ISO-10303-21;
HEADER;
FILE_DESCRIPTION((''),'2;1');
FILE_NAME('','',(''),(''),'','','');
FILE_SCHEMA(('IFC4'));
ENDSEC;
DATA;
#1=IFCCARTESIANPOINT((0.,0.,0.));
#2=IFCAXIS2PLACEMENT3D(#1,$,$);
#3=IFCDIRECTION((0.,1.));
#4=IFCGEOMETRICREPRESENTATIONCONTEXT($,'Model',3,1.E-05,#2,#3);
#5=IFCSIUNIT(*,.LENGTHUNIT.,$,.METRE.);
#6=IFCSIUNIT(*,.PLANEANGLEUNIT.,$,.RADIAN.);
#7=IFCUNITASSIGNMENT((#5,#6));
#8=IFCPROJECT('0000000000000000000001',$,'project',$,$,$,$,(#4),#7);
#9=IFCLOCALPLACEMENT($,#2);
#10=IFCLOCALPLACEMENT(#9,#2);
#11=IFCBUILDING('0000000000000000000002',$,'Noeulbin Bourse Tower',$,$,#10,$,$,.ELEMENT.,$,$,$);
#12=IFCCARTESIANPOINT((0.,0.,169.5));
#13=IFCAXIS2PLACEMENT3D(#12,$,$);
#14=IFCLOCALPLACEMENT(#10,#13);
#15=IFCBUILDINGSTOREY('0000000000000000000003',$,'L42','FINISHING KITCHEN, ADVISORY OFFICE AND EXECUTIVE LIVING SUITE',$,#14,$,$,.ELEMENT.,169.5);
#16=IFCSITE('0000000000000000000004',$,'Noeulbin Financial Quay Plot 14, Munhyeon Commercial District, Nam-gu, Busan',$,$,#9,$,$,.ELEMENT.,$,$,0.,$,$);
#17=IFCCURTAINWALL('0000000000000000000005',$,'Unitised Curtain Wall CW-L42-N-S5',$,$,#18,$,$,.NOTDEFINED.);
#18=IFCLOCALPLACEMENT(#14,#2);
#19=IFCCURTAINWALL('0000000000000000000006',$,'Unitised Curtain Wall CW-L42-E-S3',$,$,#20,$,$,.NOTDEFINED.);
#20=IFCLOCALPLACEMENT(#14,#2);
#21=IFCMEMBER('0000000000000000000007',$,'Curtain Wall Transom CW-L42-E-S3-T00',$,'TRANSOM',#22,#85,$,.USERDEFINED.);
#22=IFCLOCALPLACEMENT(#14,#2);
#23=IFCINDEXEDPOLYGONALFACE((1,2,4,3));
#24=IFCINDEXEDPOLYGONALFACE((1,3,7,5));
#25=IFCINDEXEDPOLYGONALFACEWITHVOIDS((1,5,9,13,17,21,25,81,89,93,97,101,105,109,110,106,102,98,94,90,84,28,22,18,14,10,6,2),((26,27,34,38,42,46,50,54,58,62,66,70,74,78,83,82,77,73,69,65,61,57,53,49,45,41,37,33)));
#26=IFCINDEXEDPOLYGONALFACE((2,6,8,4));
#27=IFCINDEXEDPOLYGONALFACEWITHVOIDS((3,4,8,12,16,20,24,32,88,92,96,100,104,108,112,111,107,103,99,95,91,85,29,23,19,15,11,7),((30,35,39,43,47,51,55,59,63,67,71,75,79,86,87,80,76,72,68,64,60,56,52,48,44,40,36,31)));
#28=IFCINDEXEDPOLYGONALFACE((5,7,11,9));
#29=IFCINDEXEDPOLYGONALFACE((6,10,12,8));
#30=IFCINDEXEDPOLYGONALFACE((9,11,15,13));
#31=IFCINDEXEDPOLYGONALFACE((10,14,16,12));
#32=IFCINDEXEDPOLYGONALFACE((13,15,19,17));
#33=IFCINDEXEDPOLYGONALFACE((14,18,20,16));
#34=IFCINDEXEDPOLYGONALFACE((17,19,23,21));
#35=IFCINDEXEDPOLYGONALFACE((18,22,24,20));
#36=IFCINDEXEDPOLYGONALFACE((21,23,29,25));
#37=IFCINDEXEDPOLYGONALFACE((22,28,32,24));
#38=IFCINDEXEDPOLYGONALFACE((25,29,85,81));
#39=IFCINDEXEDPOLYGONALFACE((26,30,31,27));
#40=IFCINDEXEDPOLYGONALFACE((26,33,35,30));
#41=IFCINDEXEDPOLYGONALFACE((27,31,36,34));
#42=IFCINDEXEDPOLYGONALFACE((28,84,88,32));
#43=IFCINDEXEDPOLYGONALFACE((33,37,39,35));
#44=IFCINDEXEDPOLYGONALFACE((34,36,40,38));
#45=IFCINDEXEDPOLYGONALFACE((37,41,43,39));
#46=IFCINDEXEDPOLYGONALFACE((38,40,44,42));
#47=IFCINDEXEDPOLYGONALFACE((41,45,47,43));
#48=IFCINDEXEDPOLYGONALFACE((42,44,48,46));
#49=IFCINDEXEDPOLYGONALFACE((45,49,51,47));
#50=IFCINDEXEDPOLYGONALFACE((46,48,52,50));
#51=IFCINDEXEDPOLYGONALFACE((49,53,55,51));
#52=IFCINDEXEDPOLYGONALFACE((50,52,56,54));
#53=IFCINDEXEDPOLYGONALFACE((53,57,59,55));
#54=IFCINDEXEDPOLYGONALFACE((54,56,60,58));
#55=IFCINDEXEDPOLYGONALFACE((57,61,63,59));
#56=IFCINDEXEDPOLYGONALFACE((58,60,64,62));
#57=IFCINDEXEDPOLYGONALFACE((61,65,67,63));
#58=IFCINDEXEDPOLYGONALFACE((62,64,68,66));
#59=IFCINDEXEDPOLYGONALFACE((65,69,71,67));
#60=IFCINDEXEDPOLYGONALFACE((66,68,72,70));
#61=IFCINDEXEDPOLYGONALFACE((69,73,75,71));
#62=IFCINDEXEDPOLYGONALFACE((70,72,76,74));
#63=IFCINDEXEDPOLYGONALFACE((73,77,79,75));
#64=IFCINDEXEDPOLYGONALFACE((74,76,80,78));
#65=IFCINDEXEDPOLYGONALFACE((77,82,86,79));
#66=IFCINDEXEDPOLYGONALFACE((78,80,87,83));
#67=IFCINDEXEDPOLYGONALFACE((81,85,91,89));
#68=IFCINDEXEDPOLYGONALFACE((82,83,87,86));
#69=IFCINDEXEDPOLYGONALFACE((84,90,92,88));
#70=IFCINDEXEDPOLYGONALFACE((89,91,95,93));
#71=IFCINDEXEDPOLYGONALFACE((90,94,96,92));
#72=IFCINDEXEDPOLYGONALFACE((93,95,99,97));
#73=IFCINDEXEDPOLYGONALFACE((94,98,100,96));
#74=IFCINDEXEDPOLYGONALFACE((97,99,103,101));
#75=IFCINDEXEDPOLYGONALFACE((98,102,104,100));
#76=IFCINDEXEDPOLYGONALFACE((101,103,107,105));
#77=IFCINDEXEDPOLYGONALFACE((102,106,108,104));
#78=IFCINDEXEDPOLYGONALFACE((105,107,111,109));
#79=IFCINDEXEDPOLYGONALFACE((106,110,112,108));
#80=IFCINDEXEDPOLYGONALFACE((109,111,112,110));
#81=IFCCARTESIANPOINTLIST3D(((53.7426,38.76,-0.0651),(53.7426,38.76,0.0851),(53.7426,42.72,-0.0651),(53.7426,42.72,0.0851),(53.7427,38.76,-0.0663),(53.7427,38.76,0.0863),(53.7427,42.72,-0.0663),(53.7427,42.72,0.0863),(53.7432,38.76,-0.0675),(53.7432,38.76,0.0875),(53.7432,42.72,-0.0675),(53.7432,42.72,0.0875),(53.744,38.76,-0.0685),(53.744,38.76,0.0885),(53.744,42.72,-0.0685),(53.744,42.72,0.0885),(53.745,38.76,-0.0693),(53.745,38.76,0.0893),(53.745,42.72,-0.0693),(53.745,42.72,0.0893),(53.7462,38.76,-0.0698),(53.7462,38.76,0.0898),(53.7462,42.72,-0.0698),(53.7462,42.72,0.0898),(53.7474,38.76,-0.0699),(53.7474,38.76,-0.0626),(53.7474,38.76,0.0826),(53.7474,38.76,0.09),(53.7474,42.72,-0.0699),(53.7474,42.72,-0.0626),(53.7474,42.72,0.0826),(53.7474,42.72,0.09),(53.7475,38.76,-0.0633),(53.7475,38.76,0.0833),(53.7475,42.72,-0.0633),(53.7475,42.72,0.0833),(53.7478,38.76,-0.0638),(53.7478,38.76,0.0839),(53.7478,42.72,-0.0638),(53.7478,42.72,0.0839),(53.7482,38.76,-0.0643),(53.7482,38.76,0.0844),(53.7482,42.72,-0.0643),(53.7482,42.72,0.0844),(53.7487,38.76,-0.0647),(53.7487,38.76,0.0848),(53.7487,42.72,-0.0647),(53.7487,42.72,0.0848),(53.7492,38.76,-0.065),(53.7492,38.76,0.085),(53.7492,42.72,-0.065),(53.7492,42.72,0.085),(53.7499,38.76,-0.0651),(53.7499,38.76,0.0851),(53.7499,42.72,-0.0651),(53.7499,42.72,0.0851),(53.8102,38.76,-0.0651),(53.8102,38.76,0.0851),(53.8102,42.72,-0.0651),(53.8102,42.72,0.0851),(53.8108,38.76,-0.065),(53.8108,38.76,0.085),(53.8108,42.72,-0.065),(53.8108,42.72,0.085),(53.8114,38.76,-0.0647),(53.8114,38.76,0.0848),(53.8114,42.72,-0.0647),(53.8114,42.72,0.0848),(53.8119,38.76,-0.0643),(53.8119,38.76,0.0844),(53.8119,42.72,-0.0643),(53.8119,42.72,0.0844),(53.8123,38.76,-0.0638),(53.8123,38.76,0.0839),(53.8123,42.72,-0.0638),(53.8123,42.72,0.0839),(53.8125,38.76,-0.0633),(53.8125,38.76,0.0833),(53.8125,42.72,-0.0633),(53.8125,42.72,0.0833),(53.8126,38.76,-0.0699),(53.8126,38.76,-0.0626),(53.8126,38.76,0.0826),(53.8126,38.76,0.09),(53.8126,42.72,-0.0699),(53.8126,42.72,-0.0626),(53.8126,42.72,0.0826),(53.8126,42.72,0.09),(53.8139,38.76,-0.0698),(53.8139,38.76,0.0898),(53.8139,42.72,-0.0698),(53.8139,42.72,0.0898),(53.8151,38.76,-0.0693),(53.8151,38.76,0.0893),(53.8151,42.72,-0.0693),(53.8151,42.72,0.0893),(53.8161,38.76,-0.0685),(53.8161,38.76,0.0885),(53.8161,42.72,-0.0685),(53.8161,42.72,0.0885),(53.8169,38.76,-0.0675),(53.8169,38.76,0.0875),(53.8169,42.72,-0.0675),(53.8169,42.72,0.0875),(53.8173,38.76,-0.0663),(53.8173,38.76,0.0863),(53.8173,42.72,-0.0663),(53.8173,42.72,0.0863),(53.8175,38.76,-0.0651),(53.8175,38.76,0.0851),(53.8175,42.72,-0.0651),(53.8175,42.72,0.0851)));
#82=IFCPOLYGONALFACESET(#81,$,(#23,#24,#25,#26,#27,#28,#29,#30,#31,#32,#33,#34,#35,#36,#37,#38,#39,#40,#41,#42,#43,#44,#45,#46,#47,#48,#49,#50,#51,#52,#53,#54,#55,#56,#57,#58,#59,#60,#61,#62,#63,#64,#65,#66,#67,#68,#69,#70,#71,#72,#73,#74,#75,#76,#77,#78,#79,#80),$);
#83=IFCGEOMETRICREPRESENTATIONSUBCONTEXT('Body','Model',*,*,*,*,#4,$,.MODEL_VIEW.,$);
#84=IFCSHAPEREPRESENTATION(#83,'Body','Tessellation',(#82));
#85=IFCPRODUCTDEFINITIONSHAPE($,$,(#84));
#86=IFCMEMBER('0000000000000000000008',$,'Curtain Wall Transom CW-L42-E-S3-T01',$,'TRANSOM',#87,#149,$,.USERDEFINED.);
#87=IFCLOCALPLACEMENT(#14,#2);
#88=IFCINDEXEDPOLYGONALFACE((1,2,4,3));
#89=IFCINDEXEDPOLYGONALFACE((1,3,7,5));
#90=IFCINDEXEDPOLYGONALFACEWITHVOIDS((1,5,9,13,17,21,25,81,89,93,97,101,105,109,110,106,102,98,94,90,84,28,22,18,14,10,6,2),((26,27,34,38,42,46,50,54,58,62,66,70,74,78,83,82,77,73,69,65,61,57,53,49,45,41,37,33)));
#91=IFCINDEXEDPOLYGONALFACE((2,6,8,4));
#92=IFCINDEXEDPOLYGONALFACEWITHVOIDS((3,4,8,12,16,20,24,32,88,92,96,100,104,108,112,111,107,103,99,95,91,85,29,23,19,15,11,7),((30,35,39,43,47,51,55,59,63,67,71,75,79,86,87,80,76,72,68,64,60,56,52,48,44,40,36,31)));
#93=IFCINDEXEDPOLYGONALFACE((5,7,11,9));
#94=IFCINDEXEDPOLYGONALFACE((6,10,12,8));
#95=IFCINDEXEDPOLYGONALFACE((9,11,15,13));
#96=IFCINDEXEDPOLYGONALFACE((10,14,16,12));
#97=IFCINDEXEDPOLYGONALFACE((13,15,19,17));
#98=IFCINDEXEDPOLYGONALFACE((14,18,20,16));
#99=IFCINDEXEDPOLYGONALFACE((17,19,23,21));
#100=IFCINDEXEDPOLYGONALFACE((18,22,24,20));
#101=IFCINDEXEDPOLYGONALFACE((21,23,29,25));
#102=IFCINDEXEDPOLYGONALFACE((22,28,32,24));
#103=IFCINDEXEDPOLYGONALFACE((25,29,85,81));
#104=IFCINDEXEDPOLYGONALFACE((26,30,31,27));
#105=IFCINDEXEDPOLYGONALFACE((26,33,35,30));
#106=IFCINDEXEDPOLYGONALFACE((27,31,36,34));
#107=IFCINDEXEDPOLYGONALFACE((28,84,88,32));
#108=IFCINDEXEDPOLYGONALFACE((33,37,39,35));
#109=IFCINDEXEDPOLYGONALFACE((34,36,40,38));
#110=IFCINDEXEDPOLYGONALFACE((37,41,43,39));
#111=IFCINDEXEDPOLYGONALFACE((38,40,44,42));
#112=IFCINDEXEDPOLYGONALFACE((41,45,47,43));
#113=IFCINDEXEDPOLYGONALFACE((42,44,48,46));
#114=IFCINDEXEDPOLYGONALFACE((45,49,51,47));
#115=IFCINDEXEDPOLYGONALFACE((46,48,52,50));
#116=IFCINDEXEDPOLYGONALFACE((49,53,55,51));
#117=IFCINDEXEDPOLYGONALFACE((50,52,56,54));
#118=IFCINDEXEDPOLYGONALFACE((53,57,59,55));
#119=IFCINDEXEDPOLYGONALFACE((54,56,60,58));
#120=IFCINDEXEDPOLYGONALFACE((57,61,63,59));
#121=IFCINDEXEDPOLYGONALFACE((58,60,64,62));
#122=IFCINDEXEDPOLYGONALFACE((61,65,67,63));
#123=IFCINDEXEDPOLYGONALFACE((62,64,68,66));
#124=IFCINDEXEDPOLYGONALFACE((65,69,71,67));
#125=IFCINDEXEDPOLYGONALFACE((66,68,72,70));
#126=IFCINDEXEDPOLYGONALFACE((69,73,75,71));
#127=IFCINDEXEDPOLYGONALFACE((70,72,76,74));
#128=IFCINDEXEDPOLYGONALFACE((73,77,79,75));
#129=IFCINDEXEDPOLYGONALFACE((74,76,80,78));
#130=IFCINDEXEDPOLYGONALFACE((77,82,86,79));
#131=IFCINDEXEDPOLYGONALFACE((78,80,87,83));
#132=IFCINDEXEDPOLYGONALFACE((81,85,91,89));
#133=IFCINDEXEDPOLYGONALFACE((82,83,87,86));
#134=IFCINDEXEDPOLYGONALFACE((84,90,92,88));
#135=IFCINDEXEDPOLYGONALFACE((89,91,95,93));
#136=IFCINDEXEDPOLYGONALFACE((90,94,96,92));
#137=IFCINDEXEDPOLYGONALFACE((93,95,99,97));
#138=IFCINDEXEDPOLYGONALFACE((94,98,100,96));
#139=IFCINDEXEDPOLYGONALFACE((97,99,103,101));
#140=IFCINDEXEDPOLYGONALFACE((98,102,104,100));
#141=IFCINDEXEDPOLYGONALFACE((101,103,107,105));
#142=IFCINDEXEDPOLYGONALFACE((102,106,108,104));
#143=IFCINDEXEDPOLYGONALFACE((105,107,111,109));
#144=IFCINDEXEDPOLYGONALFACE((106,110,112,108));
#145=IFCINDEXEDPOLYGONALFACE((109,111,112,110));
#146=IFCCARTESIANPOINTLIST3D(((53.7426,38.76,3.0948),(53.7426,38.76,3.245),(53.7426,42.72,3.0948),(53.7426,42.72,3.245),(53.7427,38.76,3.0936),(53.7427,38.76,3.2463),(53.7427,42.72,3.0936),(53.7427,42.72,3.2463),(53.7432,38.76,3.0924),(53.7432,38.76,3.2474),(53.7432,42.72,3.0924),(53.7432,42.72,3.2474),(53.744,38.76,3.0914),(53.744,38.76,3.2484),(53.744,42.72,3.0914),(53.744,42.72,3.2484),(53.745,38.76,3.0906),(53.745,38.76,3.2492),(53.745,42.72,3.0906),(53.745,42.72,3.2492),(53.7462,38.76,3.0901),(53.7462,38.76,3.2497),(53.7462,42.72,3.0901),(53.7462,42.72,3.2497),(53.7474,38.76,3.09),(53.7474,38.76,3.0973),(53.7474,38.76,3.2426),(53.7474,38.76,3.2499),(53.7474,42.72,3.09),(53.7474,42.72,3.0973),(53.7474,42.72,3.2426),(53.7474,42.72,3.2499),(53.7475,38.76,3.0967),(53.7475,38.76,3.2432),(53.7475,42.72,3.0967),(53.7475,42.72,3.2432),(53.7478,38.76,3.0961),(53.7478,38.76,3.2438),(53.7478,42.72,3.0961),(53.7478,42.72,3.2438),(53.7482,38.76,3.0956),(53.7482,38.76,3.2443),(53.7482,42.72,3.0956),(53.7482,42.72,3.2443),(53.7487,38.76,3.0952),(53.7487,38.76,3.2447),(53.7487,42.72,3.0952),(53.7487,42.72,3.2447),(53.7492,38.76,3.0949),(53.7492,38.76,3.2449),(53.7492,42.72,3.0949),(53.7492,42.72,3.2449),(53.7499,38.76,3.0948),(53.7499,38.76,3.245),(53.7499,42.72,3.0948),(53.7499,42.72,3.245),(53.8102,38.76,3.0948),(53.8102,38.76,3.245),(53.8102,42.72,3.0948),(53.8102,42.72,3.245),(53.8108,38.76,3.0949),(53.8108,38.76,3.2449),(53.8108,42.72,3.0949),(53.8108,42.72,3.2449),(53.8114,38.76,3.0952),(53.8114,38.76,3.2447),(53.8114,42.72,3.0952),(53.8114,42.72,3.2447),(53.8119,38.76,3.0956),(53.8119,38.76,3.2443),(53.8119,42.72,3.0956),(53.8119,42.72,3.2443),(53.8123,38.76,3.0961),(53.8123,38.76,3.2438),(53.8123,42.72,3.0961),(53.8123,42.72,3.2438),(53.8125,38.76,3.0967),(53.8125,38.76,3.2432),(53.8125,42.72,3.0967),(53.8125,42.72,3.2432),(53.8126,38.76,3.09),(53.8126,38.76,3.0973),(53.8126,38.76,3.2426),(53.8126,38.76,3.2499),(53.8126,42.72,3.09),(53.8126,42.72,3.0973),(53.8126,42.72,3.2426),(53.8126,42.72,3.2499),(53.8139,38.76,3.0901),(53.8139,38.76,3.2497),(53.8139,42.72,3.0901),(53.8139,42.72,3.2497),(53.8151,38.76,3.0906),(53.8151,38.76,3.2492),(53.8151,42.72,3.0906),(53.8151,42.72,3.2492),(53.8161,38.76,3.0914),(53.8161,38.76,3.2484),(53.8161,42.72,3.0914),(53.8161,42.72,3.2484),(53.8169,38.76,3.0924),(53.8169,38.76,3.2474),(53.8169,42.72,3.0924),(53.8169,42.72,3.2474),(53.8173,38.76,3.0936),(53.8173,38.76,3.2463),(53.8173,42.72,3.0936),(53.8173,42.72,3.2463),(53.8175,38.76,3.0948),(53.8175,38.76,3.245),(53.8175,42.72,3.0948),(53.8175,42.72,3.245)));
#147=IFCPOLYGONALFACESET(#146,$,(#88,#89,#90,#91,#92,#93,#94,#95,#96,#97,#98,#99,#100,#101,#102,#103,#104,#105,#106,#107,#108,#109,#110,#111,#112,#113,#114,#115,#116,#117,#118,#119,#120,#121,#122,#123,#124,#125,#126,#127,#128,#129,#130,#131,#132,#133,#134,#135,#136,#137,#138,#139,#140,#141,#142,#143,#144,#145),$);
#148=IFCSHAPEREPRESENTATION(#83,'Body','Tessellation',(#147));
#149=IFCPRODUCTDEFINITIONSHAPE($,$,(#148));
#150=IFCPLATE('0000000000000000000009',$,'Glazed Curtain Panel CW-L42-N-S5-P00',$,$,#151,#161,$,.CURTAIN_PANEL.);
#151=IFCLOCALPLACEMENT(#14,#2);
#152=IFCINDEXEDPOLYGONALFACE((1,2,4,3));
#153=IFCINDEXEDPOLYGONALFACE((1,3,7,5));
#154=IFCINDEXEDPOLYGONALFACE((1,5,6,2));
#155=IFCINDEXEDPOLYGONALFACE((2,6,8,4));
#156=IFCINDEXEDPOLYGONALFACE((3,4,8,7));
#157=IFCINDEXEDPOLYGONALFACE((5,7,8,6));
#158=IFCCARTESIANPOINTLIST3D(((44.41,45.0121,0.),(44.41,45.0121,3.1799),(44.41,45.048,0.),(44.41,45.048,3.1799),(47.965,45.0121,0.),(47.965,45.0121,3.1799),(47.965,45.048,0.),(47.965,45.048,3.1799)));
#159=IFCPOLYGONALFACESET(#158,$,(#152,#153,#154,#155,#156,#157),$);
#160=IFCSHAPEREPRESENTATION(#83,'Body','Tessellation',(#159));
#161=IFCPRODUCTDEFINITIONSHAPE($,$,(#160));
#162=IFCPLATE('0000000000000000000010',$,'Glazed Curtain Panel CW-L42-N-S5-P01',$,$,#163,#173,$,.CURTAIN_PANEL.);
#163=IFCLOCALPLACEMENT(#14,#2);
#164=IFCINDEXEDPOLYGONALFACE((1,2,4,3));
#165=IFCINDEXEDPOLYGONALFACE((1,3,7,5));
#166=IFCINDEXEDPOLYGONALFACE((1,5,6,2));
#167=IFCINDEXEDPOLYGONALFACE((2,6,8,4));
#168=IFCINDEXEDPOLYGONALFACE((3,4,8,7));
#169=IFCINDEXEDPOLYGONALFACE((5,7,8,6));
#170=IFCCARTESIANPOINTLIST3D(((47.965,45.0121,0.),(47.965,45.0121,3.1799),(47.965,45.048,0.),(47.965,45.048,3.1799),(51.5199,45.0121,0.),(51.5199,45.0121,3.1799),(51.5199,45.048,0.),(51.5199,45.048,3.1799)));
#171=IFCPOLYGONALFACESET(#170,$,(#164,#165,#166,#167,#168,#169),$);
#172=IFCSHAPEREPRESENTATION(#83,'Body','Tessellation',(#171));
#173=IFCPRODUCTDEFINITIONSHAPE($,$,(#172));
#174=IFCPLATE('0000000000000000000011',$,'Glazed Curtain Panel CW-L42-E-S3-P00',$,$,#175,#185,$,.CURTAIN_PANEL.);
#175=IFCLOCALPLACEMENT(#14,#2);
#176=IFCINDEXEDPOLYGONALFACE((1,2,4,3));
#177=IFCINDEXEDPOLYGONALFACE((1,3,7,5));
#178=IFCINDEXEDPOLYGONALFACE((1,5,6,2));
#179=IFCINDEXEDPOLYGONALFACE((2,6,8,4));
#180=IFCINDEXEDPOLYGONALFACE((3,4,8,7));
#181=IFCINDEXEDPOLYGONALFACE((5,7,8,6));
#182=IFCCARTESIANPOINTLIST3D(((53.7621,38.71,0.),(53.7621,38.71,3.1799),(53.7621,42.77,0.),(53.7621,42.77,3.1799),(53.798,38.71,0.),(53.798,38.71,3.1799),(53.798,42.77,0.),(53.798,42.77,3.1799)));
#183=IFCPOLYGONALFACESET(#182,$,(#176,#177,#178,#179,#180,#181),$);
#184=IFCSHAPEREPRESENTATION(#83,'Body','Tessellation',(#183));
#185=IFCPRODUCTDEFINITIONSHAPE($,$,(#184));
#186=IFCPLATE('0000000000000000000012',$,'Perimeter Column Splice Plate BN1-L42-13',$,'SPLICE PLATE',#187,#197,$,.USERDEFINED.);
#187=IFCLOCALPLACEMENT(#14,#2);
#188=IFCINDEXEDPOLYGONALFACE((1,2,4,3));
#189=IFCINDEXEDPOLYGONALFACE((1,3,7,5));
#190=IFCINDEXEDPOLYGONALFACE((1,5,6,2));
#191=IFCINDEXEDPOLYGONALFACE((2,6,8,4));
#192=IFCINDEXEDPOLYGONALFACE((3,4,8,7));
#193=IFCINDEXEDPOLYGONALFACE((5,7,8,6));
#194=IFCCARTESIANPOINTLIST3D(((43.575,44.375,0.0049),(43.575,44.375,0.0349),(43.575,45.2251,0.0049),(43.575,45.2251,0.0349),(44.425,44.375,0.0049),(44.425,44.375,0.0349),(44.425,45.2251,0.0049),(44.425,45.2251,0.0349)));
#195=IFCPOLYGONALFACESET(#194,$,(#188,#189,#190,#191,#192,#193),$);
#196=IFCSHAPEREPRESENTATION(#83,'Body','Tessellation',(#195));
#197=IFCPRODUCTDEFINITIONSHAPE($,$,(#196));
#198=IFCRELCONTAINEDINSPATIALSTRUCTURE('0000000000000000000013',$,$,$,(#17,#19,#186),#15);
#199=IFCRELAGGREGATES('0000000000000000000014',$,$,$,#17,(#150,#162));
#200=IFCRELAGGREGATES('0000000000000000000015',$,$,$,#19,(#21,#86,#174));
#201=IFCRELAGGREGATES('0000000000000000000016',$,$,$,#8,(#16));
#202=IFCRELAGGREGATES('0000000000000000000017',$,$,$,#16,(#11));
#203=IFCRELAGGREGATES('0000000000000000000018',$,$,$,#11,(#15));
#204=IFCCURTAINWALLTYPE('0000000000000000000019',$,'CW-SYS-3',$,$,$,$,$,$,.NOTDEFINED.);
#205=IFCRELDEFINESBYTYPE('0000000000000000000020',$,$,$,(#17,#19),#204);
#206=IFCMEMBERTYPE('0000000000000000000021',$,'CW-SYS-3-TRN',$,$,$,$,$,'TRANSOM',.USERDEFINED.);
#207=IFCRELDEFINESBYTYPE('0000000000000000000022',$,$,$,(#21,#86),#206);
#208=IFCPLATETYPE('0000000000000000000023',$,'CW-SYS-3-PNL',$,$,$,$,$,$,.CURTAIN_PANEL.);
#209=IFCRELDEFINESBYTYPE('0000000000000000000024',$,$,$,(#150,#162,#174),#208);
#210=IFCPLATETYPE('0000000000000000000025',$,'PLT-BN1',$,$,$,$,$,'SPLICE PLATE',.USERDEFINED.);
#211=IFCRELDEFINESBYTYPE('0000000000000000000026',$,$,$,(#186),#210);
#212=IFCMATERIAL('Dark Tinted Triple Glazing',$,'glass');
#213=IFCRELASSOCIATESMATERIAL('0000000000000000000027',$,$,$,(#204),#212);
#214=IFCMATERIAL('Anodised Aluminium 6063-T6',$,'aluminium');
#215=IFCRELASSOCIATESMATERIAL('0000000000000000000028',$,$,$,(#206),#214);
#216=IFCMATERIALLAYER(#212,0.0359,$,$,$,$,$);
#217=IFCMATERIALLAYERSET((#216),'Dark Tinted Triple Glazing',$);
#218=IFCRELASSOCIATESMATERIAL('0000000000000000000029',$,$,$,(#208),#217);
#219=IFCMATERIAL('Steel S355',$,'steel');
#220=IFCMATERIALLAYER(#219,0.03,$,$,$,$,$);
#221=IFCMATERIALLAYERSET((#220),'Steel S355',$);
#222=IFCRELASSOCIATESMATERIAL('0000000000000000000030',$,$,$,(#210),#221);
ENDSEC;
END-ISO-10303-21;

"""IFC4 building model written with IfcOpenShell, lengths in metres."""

from ifc_helpers import new_model, si_unit, direction, frame, origin, origin_2d, place, context, subcontext, project, spatial, rectangle, hollow_rectangle, extrude, material, layer, layer_set, material_profile, profile_set, type_object, element, aggregate, save


model = new_model("IFC4")

# Units and contexts
model_context = context("Model", 3, precision=1e-05, world=origin(), true_north=direction((0.0, 1.0)))
body_context = subcontext(model_context, "Body", "Model", "MODEL_VIEW")
ifc_project = project(units=[si_unit("LENGTHUNIT", "METRE"), si_unit("PLANEANGLEUNIT", "RADIAN")], contexts=[model_context])

# Site, building, storey
site_placement = place(None, origin())
site = spatial("IfcSite", under=ifc_project, at=site_placement, Name="Noeulbin Financial Quay Plot 14, Munhyeon Commercial District, Nam-gu, Busan", CompositionType="ELEMENT", RefElevation=0.0)
building_placement = place(site_placement, origin())
building = spatial("IfcBuilding", under=site, at=building_placement, Name="Noeulbin Bourse Tower", CompositionType="ELEMENT")
storey_placement = place(building_placement, frame((0.0, 0.0, 169.5)))
storey = spatial("IfcBuildingStorey", under=building, at=storey_placement, Name="L42", Description="FINISHING KITCHEN, ADVISORY OFFICE AND EXECUTIVE LIVING SUITE", CompositionType="ELEMENT", Elevation=169.5)

# Shared definitions
ifc_material_1 = material(Name="Steel S355", Category="steel")

# Shared definitions
ifc_material_2 = material(Name="Dark Tinted Triple Glazing", Category="glass")
curtain_wall_type = type_object("IfcCurtainWallType", Name="CW-SYS-3", PredefinedType="NOTDEFINED", material=ifc_material_2)
ifc_material_3 = material(Name="Anodised Aluminium 6063-T6", Category="aluminium")

# Curtain walls
curtain_wall_1_placement = place(storey_placement, origin())
curtain_wall_1 = element("IfcCurtainWall", 1, at=curtain_wall_1_placement, inside=storey, type_object=curtain_wall_type, Name="Unitised Curtain Wall CW-L42-N-S5", PredefinedType="NOTDEFINED")
curtain_wall_2_placement = place(storey_placement, origin())
curtain_wall_2 = element("IfcCurtainWall", 2, at=curtain_wall_2_placement, inside=storey, type_object=curtain_wall_type, Name="Unitised Curtain Wall CW-L42-E-S3", PredefinedType="NOTDEFINED")

# Members
ifc_material_profile_1 = material_profile(ifc_material_3, hollow_rectangle(XDim=0.075, YDim=0.1599, WallThickness=0.0049, InnerFilletRadius=0.0024, OuterFilletRadius=0.0049, at=origin_2d()), Name="ALU-TRAN-75x160x5", Category="LoadBearing")
ifc_profile_set_1 = profile_set([ifc_material_profile_1], Name="Anodised Aluminium 6063-T6")
member_type_1 = type_object("IfcMemberType", Name="CW-SYS-3-TRN", ElementType="TRANSOM", PredefinedType="USERDEFINED", material=ifc_profile_set_1)
member_1_placement = place(storey_placement, frame((53.78, 38.76, 0.01), z_axis=(0.0, 1.0, 0.0), x_axis=(-1.0, 0.0, 0.0)))
member_1 = element("IfcMember", 3, at=member_1_placement, type_object=member_type_1, Name="Curtain Wall Transom CW-L42-E-S3-T00", ObjectType="TRANSOM", PredefinedType="USERDEFINED", context=body_context, shape_type="SweptSolid", body=[
    extrude(hollow_rectangle(XDim=0.075, YDim=0.1599, WallThickness=0.0049, InnerFilletRadius=0.0024, OuterFilletRadius=0.0049, at=origin_2d()), origin(), (0.0, 0.0, 1.0), 3.96),
])
member_2_placement = place(storey_placement, frame((53.78, 38.76, 3.1699), z_axis=(0.0, 1.0, 0.0), x_axis=(-1.0, 0.0, 0.0)))
member_2 = element("IfcMember", 4, at=member_2_placement, type_object=member_type_1, Name="Curtain Wall Transom CW-L42-E-S3-T01", ObjectType="TRANSOM", PredefinedType="USERDEFINED", context=body_context, shape_type="SweptSolid", body=[
    extrude(hollow_rectangle(XDim=0.075, YDim=0.1599, WallThickness=0.0049, InnerFilletRadius=0.0024, OuterFilletRadius=0.0049, at=origin_2d()), origin(), (0.0, 0.0, 1.0), 3.96),
])

# Plates
ifc_layer_1 = layer(ifc_material_2, 0.0359)
ifc_layer_set_1 = layer_set([ifc_layer_1], Name="Dark Tinted Triple Glazing")
plate_type_1 = type_object("IfcPlateType", Name="CW-SYS-3-PNL", PredefinedType="CURTAIN_PANEL", material=ifc_layer_set_1)
plate_1_placement = place(storey_placement, frame((46.1875, 45.03, 0.0), z_axis=(0.0, 0.0, 1.0), x_axis=(1.0, 0.0, 0.0)))
plate_1 = element("IfcPlate", 5, at=plate_1_placement, type_object=plate_type_1, Name="Glazed Curtain Panel CW-L42-N-S5-P00", PredefinedType="CURTAIN_PANEL", context=body_context, shape_type="SweptSolid", body=[
    extrude(rectangle(XDim=3.5549, YDim=0.0359, at=origin_2d()), origin(), (0.0, 0.0, 1.0), 3.1799),
])
plate_2_placement = place(storey_placement, frame((49.7424, 45.03, 0.0), z_axis=(0.0, 0.0, 1.0), x_axis=(1.0, 0.0, 0.0)))
plate_2 = element("IfcPlate", 6, at=plate_2_placement, type_object=plate_type_1, Name="Glazed Curtain Panel CW-L42-N-S5-P01", PredefinedType="CURTAIN_PANEL", context=body_context, shape_type="SweptSolid", body=[
    extrude(rectangle(XDim=3.5549, YDim=0.0359, at=origin_2d()), origin(), (0.0, 0.0, 1.0), 3.1799),
])
aggregate(curtain_wall_1, [plate_1, plate_2])
plate_3_placement = place(storey_placement, frame((53.78, 40.74, 0.0), z_axis=(0.0, 0.0, 1.0), x_axis=(0.0, 1.0, 0.0)))
plate_3 = element("IfcPlate", 7, at=plate_3_placement, type_object=plate_type_1, Name="Glazed Curtain Panel CW-L42-E-S3-P00", PredefinedType="CURTAIN_PANEL", context=body_context, shape_type="SweptSolid", body=[
    extrude(rectangle(XDim=4.0601, YDim=0.0359, at=origin_2d()), origin(), (0.0, 0.0, 1.0), 3.1799),
])
aggregate(curtain_wall_2, [member_1, member_2, plate_3])

# Plate
ifc_layer_2 = layer(ifc_material_1, 0.03)
ifc_layer_set_2 = layer_set([ifc_layer_2], Name="Steel S355")
plate_type_2 = type_object("IfcPlateType", Name="PLT-BN1", ElementType="SPLICE PLATE", PredefinedType="USERDEFINED", material=ifc_layer_set_2)
for number, where, z_axis, x_axis, name in (
    (8, (44.0, 44.8, 0.0049), (0.0, 0.0, 1.0), (1.0, 0.0, 0.0), "Perimeter Column Splice Plate BN1-L42-13"),
):
    element("IfcPlate", number, at=place(storey_placement, frame(where, z_axis=z_axis, x_axis=x_axis)), inside=storey, type_object=plate_type_2, Name=name, ObjectType="SPLICE PLATE", PredefinedType="USERDEFINED", context=body_context, shape_type="SweptSolid", body=[
        extrude(rectangle(XDim=0.8501, YDim=0.8501, at=origin_2d()), origin(), (0.0, 0.0, 1.0), 0.03),
    ])

save(model, "model.ifc")
